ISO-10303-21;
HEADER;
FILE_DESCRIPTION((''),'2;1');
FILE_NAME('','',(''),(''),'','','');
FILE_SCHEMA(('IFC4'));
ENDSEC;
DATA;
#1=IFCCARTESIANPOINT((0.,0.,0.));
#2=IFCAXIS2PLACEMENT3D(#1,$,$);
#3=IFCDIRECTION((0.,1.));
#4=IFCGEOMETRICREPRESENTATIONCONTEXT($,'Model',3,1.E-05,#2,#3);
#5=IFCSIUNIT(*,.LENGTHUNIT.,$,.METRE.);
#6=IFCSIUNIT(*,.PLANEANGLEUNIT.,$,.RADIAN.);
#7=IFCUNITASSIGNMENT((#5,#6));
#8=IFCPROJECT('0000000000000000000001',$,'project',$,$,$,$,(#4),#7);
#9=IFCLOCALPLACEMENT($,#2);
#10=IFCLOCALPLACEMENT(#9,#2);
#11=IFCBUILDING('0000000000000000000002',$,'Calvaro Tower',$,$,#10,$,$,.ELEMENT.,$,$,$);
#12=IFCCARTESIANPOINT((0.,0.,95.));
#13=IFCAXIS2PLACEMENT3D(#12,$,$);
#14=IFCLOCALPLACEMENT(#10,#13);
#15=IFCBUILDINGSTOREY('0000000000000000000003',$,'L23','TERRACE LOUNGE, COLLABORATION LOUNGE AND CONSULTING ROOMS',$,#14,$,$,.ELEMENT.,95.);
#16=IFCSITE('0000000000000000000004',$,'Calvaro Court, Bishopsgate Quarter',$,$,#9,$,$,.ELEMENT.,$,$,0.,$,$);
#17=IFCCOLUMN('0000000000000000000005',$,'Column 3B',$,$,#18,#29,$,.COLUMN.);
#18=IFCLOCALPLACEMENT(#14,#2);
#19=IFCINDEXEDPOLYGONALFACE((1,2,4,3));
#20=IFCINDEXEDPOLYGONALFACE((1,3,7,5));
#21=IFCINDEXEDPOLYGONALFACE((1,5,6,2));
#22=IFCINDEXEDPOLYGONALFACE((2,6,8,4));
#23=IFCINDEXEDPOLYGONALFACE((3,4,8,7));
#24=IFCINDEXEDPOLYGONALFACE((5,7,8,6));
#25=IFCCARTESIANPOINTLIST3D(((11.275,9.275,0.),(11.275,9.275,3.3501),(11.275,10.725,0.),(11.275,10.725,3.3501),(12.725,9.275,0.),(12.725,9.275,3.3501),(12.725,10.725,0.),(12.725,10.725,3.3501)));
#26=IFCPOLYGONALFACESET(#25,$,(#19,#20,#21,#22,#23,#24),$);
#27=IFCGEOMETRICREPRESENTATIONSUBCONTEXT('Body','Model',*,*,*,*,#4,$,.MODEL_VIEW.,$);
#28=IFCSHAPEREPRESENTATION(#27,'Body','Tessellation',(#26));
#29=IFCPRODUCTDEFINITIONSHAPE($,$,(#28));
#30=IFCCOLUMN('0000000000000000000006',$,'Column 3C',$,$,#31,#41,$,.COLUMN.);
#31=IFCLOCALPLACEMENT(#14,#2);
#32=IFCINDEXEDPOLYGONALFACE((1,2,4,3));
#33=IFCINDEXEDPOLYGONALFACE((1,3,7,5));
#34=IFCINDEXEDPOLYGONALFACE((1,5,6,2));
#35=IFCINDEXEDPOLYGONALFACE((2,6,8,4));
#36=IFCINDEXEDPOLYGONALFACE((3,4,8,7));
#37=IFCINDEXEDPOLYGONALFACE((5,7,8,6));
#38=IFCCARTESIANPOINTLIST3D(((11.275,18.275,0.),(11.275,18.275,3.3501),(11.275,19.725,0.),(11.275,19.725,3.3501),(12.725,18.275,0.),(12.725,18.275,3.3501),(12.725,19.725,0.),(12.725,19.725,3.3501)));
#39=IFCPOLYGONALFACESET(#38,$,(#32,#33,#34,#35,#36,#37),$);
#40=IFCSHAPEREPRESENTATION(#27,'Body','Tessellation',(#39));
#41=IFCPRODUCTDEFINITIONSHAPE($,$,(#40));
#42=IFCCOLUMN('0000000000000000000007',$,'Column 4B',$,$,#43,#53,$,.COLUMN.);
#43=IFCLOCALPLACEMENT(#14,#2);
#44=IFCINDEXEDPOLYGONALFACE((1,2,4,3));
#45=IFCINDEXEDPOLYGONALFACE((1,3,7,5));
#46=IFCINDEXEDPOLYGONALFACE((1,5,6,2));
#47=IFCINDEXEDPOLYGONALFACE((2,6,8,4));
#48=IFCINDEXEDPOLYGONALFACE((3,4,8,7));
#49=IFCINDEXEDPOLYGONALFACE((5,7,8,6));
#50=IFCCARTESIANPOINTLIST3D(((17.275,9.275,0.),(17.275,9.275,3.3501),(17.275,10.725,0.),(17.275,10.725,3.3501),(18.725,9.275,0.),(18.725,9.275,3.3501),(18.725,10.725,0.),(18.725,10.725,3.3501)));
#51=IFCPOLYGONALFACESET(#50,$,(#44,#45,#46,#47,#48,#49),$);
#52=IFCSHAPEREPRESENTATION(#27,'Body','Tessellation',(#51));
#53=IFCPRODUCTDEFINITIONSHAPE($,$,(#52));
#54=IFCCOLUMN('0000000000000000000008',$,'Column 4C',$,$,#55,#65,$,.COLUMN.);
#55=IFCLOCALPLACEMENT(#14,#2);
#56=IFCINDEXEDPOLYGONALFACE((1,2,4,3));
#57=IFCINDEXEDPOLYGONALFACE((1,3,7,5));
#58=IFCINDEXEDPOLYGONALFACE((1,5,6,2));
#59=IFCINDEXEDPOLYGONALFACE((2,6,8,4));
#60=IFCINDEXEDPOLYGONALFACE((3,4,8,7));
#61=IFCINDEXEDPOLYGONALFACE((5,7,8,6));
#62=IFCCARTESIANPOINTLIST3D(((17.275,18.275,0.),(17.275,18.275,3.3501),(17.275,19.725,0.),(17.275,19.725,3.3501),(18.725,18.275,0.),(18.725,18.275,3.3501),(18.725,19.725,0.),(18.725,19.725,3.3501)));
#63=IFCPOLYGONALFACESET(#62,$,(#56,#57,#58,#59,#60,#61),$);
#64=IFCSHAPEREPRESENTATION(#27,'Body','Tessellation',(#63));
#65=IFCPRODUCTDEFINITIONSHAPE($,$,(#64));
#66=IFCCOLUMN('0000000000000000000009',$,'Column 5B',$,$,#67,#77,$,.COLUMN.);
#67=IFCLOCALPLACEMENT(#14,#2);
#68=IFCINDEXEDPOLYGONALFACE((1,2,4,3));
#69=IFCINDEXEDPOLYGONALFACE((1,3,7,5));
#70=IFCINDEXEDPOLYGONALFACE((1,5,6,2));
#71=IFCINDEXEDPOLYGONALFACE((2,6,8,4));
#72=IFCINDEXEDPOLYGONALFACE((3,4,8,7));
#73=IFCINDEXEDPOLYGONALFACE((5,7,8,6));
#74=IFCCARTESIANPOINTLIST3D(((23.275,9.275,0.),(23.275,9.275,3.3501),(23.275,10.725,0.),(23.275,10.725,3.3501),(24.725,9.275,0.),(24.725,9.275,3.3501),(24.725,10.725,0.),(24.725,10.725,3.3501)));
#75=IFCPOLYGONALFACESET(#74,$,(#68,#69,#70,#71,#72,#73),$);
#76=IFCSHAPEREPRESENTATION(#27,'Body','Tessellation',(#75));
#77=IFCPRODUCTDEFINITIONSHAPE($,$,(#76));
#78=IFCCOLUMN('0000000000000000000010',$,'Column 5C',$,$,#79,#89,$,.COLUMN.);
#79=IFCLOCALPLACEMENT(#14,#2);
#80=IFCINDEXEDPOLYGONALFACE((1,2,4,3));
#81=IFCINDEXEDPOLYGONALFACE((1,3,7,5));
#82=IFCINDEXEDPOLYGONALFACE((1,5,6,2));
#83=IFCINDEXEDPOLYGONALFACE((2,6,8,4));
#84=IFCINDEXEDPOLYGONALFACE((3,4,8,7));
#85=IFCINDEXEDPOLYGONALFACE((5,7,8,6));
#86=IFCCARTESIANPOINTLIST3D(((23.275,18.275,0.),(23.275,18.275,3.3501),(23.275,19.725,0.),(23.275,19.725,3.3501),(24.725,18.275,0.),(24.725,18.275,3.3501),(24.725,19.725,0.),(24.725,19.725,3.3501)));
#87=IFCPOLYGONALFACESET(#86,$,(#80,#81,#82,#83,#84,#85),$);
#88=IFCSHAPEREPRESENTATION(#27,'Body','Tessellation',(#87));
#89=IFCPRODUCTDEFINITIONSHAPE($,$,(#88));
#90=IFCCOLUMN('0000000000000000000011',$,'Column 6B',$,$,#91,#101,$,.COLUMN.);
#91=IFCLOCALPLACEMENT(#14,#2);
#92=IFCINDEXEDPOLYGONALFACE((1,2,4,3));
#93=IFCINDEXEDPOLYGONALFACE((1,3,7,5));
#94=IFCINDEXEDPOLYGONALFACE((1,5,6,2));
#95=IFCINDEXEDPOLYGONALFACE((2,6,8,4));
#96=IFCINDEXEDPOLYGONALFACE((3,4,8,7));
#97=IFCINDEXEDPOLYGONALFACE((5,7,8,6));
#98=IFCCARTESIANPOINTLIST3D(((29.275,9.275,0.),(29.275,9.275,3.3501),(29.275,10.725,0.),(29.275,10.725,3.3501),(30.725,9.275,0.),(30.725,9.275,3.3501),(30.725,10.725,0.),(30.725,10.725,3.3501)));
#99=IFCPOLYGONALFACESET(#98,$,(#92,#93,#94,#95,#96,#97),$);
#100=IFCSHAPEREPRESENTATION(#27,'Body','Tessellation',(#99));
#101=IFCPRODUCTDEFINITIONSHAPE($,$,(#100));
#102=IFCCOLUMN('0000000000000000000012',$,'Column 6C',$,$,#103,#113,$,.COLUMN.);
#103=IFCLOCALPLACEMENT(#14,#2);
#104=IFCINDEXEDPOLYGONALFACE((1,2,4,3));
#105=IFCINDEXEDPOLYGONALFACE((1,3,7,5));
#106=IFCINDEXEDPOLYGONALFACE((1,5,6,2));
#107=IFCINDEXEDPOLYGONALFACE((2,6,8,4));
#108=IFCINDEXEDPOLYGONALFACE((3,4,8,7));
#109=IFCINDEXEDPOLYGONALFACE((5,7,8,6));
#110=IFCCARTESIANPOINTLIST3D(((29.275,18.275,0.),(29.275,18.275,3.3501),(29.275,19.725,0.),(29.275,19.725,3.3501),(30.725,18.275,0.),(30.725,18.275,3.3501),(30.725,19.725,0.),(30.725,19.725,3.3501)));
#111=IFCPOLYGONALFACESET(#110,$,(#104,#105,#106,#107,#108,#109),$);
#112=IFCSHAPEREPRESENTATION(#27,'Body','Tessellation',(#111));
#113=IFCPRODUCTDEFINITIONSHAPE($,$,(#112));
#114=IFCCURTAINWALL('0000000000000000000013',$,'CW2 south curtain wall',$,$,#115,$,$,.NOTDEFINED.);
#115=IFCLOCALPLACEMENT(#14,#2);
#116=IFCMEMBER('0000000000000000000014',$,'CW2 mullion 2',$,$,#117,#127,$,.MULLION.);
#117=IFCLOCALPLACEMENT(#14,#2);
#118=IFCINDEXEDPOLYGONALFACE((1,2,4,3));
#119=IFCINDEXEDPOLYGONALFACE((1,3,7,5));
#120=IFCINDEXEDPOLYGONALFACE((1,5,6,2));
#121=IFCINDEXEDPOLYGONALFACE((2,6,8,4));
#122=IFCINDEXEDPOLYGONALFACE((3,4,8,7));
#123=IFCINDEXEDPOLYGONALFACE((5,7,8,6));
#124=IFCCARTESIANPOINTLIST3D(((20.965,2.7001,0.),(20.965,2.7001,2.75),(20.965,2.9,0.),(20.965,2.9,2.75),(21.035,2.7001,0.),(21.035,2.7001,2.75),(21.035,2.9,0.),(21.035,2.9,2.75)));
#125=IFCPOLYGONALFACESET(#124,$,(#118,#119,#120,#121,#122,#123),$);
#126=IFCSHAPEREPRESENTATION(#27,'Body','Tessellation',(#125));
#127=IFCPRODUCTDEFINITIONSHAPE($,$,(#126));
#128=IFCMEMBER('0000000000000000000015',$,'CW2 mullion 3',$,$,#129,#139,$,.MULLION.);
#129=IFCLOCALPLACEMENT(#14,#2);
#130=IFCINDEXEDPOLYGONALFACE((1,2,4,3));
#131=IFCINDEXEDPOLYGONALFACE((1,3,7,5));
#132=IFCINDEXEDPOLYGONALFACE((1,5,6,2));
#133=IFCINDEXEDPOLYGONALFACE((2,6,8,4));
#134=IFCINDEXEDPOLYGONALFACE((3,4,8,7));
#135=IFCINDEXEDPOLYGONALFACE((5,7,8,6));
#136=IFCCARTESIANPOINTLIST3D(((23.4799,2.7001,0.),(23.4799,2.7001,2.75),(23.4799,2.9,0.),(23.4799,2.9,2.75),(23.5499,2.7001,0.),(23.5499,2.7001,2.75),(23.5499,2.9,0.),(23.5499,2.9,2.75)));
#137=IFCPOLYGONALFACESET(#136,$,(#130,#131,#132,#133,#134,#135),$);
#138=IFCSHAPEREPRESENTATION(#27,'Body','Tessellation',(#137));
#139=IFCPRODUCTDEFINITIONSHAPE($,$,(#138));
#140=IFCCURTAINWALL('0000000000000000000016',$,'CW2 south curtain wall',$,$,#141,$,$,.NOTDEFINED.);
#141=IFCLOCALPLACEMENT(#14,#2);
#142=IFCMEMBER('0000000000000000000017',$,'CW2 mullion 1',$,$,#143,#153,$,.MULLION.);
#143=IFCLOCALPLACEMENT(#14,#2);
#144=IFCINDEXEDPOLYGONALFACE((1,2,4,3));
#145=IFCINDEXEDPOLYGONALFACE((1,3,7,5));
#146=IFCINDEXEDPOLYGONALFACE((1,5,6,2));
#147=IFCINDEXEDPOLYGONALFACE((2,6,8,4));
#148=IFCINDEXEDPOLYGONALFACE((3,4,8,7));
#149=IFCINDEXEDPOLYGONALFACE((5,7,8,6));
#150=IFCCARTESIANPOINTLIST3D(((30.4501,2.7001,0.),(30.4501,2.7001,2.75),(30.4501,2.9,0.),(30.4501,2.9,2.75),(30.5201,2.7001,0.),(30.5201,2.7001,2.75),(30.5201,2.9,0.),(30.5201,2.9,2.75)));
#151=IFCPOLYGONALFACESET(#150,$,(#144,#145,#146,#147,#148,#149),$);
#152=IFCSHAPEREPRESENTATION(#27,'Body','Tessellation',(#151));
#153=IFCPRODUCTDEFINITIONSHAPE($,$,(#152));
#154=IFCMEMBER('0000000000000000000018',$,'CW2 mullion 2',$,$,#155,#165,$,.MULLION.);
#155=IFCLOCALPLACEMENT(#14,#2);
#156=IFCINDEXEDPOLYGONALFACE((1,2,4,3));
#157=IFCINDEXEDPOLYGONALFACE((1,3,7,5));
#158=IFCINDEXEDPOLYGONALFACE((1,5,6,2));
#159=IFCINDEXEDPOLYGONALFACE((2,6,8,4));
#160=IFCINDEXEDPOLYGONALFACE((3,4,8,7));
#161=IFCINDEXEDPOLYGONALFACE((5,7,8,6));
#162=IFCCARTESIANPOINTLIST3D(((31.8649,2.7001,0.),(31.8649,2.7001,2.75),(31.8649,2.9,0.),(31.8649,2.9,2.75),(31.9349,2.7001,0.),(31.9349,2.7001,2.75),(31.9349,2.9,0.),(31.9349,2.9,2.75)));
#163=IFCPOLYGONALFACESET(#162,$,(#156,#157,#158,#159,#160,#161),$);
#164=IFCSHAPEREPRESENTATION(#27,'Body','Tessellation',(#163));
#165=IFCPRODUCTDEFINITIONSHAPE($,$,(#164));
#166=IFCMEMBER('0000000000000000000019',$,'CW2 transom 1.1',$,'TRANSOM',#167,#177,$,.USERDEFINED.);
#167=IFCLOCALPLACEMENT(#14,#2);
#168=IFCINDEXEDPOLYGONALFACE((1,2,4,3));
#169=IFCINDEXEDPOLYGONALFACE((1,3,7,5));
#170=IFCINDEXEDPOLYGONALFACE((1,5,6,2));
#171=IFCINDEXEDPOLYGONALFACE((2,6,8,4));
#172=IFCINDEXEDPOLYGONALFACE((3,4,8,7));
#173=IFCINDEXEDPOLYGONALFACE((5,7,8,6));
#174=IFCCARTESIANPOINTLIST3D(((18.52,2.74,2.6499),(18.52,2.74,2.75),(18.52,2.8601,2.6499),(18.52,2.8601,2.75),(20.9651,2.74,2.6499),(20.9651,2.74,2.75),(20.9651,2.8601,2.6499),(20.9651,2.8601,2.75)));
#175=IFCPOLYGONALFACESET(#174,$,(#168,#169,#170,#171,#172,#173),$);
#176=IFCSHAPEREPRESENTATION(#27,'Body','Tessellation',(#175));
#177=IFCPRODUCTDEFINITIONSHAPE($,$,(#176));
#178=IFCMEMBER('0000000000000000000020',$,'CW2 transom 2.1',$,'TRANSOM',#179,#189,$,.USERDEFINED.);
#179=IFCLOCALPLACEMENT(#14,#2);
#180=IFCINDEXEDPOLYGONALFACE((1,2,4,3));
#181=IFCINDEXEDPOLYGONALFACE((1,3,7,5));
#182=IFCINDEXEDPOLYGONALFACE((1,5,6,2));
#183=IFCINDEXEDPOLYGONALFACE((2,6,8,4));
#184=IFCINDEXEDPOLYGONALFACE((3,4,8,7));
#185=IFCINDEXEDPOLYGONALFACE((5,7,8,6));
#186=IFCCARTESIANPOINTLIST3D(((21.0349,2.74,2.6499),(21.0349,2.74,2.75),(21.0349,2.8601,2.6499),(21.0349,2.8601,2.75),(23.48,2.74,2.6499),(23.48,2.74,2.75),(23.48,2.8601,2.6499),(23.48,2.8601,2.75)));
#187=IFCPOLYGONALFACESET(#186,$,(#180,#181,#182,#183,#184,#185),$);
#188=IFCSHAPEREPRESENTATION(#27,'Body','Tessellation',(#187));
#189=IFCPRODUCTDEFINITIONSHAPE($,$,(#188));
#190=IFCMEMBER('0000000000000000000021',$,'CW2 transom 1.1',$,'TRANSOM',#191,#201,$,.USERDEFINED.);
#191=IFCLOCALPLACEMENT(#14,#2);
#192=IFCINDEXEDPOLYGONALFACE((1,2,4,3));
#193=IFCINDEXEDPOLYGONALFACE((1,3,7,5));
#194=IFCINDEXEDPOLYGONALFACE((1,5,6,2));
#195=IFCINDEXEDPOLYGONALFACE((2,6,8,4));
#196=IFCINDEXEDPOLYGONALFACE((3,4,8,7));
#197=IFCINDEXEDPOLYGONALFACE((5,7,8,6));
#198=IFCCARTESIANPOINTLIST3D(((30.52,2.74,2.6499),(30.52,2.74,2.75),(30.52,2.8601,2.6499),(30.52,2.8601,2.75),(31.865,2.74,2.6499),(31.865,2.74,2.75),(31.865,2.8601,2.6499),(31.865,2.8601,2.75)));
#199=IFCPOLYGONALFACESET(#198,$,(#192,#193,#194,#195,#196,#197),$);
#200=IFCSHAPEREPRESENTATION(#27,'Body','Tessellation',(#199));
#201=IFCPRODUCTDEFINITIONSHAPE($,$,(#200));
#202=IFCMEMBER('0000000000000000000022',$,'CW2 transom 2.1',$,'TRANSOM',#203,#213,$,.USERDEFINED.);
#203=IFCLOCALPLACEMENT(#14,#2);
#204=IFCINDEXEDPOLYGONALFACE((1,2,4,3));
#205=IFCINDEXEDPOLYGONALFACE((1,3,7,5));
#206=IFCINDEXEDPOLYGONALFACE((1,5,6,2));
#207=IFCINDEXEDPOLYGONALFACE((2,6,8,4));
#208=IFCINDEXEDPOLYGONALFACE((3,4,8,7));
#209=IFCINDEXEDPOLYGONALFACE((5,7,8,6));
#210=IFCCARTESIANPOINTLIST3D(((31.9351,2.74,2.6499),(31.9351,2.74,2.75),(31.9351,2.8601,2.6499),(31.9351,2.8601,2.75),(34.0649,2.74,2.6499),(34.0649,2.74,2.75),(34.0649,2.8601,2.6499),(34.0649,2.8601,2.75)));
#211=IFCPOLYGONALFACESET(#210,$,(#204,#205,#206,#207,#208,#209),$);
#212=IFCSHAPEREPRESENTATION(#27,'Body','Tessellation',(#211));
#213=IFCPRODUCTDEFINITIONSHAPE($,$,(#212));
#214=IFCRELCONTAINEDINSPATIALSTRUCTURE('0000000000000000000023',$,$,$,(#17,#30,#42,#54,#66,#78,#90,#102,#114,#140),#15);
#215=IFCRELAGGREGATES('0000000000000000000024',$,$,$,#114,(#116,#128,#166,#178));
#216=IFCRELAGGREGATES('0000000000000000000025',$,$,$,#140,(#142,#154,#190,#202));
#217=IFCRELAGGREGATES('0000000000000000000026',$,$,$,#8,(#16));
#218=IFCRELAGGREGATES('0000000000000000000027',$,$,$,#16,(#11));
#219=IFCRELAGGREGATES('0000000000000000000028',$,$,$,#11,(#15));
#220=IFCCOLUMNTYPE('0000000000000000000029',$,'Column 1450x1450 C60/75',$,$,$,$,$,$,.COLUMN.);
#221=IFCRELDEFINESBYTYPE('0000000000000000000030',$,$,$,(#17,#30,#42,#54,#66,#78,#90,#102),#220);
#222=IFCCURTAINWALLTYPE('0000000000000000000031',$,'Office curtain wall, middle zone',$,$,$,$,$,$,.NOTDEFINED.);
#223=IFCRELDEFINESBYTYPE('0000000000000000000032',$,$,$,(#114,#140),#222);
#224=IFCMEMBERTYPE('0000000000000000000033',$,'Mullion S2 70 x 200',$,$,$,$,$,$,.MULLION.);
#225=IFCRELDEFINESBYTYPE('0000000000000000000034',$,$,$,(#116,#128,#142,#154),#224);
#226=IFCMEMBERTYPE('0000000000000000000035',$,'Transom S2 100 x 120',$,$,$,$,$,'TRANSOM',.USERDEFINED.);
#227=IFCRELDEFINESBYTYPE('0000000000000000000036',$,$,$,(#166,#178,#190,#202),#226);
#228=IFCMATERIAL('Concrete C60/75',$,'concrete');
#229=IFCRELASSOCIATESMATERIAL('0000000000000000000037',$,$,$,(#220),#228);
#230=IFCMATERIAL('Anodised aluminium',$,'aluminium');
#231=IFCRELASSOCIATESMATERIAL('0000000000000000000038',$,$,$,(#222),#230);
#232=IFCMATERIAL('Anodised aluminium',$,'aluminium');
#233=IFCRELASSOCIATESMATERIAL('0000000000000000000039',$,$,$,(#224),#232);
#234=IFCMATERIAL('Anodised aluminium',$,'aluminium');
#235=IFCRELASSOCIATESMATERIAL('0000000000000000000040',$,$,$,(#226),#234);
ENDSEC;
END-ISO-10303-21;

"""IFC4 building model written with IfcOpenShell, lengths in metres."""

from ifc_helpers import new_model, si_unit, direction, frame, origin, origin_2d, place, context, subcontext, project, spatial, rectangle, extrude, material, material_profile, profile_set, type_object, element, aggregate, save


model = new_model("IFC4")

# Units and contexts
model_context = context("Model", 3, precision=1e-05, world=origin(), true_north=direction((0.0, 1.0)))
body_context = subcontext(model_context, "Body", "Model", "MODEL_VIEW")
ifc_project = project(units=[si_unit("LENGTHUNIT", "METRE"), si_unit("PLANEANGLEUNIT", "RADIAN")], contexts=[model_context])

# Site, building, storey
site_placement = place(None, origin())
site = spatial("IfcSite", under=ifc_project, at=site_placement, Name="Calvaro Court, Bishopsgate Quarter", CompositionType="ELEMENT", RefElevation=0.0)
building_placement = place(site_placement, origin())
building = spatial("IfcBuilding", under=site, at=building_placement, Name="Calvaro Tower", CompositionType="ELEMENT")
storey_placement = place(building_placement, frame((0.0, 0.0, 95.0)))
storey = spatial("IfcBuildingStorey", under=building, at=storey_placement, Name="L23", Description="TERRACE LOUNGE, COLLABORATION LOUNGE AND CONSULTING ROOMS", CompositionType="ELEMENT", Elevation=95.0)

# Columns
ifc_material_1 = material(Name="Concrete C60/75", Category="concrete")
ifc_material_profile_1 = material_profile(ifc_material_1, rectangle(XDim=1.45, YDim=1.45, at=origin_2d()), Name="RC 1450x1450")
ifc_profile_set_1 = profile_set([ifc_material_profile_1], Name="Concrete C60/75")
column_type = type_object("IfcColumnType", Name="Column 1450x1450 C60/75", PredefinedType="COLUMN", material=ifc_profile_set_1)
for number, where, z_axis, x_axis, name in (
    (1, (12.0, 10.0, 0.0), (0.0, 0.0, 1.0), (1.0, 0.0, 0.0), "Column 3B"),
    (2, (12.0, 19.0, 0.0), (0.0, 0.0, 1.0), (1.0, 0.0, 0.0), "Column 3C"),
    (3, (18.0, 10.0, 0.0), (0.0, 0.0, 1.0), (1.0, 0.0, 0.0), "Column 4B"),
    (4, (18.0, 19.0, 0.0), (0.0, 0.0, 1.0), (1.0, 0.0, 0.0), "Column 4C"),
    (5, (24.0, 10.0, 0.0), (0.0, 0.0, 1.0), (1.0, 0.0, 0.0), "Column 5B"),
    (6, (24.0, 19.0, 0.0), (0.0, 0.0, 1.0), (1.0, 0.0, 0.0), "Column 5C"),
    (7, (30.0, 10.0, 0.0), (0.0, 0.0, 1.0), (1.0, 0.0, 0.0), "Column 6B"),
    (8, (30.0, 19.0, 0.0), (0.0, 0.0, 1.0), (1.0, 0.0, 0.0), "Column 6C"),
):
    element("IfcColumn", number, at=place(storey_placement, frame(where, z_axis=z_axis, x_axis=x_axis)), inside=storey, type_object=column_type, Name=name, PredefinedType="COLUMN", context=body_context, shape_type="SweptSolid", body=[
        extrude(rectangle(XDim=1.45, YDim=1.45, at=origin_2d()), origin(), (0.0, 0.0, 1.0), 3.3501),
    ])

# Curtain walls, members
ifc_material_2 = material(Name="Anodised aluminium", Category="aluminium")
curtain_wall_type = type_object("IfcCurtainWallType", Name="Office curtain wall, middle zone", PredefinedType="NOTDEFINED", material=ifc_material_2)
curtain_wall_1_placement = place(storey_placement, origin())
curtain_wall_1 = element("IfcCurtainWall", 9, at=curtain_wall_1_placement, inside=storey, type_object=curtain_wall_type, Name="CW2 south curtain wall", PredefinedType="NOTDEFINED")
ifc_material_3 = material(Name="Anodised aluminium", Category="aluminium")
ifc_material_profile_2 = material_profile(ifc_material_3, rectangle(XDim=0.2, YDim=0.0701, at=origin_2d()), Name="Mullion S2 70 x 200")
ifc_profile_set_2 = profile_set([ifc_material_profile_2], Name="Anodised aluminium")
member_type_1 = type_object("IfcMemberType", Name="Mullion S2 70 x 200", PredefinedType="MULLION", material=ifc_profile_set_2)
member_1_placement = place(storey_placement, frame((21.0, 2.8, 0.0), z_axis=(0.0, 0.0, 1.0), x_axis=(0.0, 1.0, 0.0)))
member_1 = element("IfcMember", 10, at=member_1_placement, type_object=member_type_1, Name="CW2 mullion 2", PredefinedType="MULLION", context=body_context, shape_type="SweptSolid", body=[
    extrude(rectangle(XDim=0.2, YDim=0.0701, at=origin_2d()), origin(), (0.0, 0.0, 1.0), 2.75),
])
member_2_placement = place(storey_placement, frame((23.5149, 2.8, 0.0), z_axis=(0.0, 0.0, 1.0), x_axis=(0.0, 1.0, 0.0)))
member_2 = element("IfcMember", 11, at=member_2_placement, type_object=member_type_1, Name="CW2 mullion 3", PredefinedType="MULLION", context=body_context, shape_type="SweptSolid", body=[
    extrude(rectangle(XDim=0.2, YDim=0.0701, at=origin_2d()), origin(), (0.0, 0.0, 1.0), 2.75),
])
curtain_wall_2_placement = place(storey_placement, origin())
curtain_wall_2 = element("IfcCurtainWall", 12, at=curtain_wall_2_placement, inside=storey, type_object=curtain_wall_type, Name="CW2 south curtain wall", PredefinedType="NOTDEFINED")
member_3_placement = place(storey_placement, frame((30.4851, 2.8, 0.0), z_axis=(0.0, 0.0, 1.0), x_axis=(0.0, 1.0, 0.0)))
member_3 = element("IfcMember", 13, at=member_3_placement, type_object=member_type_1, Name="CW2 mullion 1", PredefinedType="MULLION", context=body_context, shape_type="SweptSolid", body=[
    extrude(rectangle(XDim=0.2, YDim=0.0701, at=origin_2d()), origin(), (0.0, 0.0, 1.0), 2.75),
])
member_4_placement = place(storey_placement, frame((31.8999, 2.8, 0.0), z_axis=(0.0, 0.0, 1.0), x_axis=(0.0, 1.0, 0.0)))
member_4 = element("IfcMember", 14, at=member_4_placement, type_object=member_type_1, Name="CW2 mullion 2", PredefinedType="MULLION", context=body_context, shape_type="SweptSolid", body=[
    extrude(rectangle(XDim=0.2, YDim=0.0701, at=origin_2d()), origin(), (0.0, 0.0, 1.0), 2.75),
])

# Members
ifc_material_4 = material(Name="Anodised aluminium", Category="aluminium")
ifc_material_profile_3 = material_profile(ifc_material_4, rectangle(XDim=0.1201, YDim=0.1001, at=origin_2d()), Name="Transom S2 100 x 120")
ifc_profile_set_3 = profile_set([ifc_material_profile_3], Name="Anodised aluminium")
member_type_2 = type_object("IfcMemberType", Name="Transom S2 100 x 120", ElementType="TRANSOM", PredefinedType="USERDEFINED", material=ifc_profile_set_3)
member_5_placement = place(storey_placement, frame((18.52, 2.8, 2.7), z_axis=(1.0, 0.0, 0.0), x_axis=(0.0, 1.0, 0.0)))
member_5 = element("IfcMember", 15, at=member_5_placement, type_object=member_type_2, Name="CW2 transom 1.1", ObjectType="TRANSOM", PredefinedType="USERDEFINED", context=body_context, shape_type="SweptSolid", body=[
    extrude(rectangle(XDim=0.1201, YDim=0.1001, at=origin_2d()), origin(), (0.0, 0.0, 1.0), 2.4451),
])
member_6_placement = place(storey_placement, frame((21.0349, 2.8, 2.7), z_axis=(1.0, 0.0, 0.0), x_axis=(0.0, 1.0, 0.0)))
member_6 = element("IfcMember", 16, at=member_6_placement, type_object=member_type_2, Name="CW2 transom 2.1", ObjectType="TRANSOM", PredefinedType="USERDEFINED", context=body_context, shape_type="SweptSolid", body=[
    extrude(rectangle(XDim=0.1201, YDim=0.1001, at=origin_2d()), origin(), (0.0, 0.0, 1.0), 2.4451),
])
member_7_placement = place(storey_placement, frame((30.52, 2.8, 2.7), z_axis=(1.0, 0.0, 0.0), x_axis=(0.0, 1.0, 0.0)))
member_7 = element("IfcMember", 17, at=member_7_placement, type_object=member_type_2, Name="CW2 transom 1.1", ObjectType="TRANSOM", PredefinedType="USERDEFINED", context=body_context, shape_type="SweptSolid", body=[
    extrude(rectangle(XDim=0.1201, YDim=0.1001, at=origin_2d()), origin(), (0.0, 0.0, 1.0), 1.345),
])
member_8_placement = place(storey_placement, frame((31.9351, 2.8, 2.7), z_axis=(1.0, 0.0, 0.0), x_axis=(0.0, 1.0, 0.0)))
member_8 = element("IfcMember", 18, at=member_8_placement, type_object=member_type_2, Name="CW2 transom 2.1", ObjectType="TRANSOM", PredefinedType="USERDEFINED", context=body_context, shape_type="SweptSolid", body=[
    extrude(rectangle(XDim=0.1201, YDim=0.1001, at=origin_2d()), origin(), (0.0, 0.0, 1.0), 2.1299),
])

aggregate(curtain_wall_1, [member_1, member_2, member_5, member_6])
aggregate(curtain_wall_2, [member_3, member_4, member_7, member_8])

save(model, "model.ifc")
